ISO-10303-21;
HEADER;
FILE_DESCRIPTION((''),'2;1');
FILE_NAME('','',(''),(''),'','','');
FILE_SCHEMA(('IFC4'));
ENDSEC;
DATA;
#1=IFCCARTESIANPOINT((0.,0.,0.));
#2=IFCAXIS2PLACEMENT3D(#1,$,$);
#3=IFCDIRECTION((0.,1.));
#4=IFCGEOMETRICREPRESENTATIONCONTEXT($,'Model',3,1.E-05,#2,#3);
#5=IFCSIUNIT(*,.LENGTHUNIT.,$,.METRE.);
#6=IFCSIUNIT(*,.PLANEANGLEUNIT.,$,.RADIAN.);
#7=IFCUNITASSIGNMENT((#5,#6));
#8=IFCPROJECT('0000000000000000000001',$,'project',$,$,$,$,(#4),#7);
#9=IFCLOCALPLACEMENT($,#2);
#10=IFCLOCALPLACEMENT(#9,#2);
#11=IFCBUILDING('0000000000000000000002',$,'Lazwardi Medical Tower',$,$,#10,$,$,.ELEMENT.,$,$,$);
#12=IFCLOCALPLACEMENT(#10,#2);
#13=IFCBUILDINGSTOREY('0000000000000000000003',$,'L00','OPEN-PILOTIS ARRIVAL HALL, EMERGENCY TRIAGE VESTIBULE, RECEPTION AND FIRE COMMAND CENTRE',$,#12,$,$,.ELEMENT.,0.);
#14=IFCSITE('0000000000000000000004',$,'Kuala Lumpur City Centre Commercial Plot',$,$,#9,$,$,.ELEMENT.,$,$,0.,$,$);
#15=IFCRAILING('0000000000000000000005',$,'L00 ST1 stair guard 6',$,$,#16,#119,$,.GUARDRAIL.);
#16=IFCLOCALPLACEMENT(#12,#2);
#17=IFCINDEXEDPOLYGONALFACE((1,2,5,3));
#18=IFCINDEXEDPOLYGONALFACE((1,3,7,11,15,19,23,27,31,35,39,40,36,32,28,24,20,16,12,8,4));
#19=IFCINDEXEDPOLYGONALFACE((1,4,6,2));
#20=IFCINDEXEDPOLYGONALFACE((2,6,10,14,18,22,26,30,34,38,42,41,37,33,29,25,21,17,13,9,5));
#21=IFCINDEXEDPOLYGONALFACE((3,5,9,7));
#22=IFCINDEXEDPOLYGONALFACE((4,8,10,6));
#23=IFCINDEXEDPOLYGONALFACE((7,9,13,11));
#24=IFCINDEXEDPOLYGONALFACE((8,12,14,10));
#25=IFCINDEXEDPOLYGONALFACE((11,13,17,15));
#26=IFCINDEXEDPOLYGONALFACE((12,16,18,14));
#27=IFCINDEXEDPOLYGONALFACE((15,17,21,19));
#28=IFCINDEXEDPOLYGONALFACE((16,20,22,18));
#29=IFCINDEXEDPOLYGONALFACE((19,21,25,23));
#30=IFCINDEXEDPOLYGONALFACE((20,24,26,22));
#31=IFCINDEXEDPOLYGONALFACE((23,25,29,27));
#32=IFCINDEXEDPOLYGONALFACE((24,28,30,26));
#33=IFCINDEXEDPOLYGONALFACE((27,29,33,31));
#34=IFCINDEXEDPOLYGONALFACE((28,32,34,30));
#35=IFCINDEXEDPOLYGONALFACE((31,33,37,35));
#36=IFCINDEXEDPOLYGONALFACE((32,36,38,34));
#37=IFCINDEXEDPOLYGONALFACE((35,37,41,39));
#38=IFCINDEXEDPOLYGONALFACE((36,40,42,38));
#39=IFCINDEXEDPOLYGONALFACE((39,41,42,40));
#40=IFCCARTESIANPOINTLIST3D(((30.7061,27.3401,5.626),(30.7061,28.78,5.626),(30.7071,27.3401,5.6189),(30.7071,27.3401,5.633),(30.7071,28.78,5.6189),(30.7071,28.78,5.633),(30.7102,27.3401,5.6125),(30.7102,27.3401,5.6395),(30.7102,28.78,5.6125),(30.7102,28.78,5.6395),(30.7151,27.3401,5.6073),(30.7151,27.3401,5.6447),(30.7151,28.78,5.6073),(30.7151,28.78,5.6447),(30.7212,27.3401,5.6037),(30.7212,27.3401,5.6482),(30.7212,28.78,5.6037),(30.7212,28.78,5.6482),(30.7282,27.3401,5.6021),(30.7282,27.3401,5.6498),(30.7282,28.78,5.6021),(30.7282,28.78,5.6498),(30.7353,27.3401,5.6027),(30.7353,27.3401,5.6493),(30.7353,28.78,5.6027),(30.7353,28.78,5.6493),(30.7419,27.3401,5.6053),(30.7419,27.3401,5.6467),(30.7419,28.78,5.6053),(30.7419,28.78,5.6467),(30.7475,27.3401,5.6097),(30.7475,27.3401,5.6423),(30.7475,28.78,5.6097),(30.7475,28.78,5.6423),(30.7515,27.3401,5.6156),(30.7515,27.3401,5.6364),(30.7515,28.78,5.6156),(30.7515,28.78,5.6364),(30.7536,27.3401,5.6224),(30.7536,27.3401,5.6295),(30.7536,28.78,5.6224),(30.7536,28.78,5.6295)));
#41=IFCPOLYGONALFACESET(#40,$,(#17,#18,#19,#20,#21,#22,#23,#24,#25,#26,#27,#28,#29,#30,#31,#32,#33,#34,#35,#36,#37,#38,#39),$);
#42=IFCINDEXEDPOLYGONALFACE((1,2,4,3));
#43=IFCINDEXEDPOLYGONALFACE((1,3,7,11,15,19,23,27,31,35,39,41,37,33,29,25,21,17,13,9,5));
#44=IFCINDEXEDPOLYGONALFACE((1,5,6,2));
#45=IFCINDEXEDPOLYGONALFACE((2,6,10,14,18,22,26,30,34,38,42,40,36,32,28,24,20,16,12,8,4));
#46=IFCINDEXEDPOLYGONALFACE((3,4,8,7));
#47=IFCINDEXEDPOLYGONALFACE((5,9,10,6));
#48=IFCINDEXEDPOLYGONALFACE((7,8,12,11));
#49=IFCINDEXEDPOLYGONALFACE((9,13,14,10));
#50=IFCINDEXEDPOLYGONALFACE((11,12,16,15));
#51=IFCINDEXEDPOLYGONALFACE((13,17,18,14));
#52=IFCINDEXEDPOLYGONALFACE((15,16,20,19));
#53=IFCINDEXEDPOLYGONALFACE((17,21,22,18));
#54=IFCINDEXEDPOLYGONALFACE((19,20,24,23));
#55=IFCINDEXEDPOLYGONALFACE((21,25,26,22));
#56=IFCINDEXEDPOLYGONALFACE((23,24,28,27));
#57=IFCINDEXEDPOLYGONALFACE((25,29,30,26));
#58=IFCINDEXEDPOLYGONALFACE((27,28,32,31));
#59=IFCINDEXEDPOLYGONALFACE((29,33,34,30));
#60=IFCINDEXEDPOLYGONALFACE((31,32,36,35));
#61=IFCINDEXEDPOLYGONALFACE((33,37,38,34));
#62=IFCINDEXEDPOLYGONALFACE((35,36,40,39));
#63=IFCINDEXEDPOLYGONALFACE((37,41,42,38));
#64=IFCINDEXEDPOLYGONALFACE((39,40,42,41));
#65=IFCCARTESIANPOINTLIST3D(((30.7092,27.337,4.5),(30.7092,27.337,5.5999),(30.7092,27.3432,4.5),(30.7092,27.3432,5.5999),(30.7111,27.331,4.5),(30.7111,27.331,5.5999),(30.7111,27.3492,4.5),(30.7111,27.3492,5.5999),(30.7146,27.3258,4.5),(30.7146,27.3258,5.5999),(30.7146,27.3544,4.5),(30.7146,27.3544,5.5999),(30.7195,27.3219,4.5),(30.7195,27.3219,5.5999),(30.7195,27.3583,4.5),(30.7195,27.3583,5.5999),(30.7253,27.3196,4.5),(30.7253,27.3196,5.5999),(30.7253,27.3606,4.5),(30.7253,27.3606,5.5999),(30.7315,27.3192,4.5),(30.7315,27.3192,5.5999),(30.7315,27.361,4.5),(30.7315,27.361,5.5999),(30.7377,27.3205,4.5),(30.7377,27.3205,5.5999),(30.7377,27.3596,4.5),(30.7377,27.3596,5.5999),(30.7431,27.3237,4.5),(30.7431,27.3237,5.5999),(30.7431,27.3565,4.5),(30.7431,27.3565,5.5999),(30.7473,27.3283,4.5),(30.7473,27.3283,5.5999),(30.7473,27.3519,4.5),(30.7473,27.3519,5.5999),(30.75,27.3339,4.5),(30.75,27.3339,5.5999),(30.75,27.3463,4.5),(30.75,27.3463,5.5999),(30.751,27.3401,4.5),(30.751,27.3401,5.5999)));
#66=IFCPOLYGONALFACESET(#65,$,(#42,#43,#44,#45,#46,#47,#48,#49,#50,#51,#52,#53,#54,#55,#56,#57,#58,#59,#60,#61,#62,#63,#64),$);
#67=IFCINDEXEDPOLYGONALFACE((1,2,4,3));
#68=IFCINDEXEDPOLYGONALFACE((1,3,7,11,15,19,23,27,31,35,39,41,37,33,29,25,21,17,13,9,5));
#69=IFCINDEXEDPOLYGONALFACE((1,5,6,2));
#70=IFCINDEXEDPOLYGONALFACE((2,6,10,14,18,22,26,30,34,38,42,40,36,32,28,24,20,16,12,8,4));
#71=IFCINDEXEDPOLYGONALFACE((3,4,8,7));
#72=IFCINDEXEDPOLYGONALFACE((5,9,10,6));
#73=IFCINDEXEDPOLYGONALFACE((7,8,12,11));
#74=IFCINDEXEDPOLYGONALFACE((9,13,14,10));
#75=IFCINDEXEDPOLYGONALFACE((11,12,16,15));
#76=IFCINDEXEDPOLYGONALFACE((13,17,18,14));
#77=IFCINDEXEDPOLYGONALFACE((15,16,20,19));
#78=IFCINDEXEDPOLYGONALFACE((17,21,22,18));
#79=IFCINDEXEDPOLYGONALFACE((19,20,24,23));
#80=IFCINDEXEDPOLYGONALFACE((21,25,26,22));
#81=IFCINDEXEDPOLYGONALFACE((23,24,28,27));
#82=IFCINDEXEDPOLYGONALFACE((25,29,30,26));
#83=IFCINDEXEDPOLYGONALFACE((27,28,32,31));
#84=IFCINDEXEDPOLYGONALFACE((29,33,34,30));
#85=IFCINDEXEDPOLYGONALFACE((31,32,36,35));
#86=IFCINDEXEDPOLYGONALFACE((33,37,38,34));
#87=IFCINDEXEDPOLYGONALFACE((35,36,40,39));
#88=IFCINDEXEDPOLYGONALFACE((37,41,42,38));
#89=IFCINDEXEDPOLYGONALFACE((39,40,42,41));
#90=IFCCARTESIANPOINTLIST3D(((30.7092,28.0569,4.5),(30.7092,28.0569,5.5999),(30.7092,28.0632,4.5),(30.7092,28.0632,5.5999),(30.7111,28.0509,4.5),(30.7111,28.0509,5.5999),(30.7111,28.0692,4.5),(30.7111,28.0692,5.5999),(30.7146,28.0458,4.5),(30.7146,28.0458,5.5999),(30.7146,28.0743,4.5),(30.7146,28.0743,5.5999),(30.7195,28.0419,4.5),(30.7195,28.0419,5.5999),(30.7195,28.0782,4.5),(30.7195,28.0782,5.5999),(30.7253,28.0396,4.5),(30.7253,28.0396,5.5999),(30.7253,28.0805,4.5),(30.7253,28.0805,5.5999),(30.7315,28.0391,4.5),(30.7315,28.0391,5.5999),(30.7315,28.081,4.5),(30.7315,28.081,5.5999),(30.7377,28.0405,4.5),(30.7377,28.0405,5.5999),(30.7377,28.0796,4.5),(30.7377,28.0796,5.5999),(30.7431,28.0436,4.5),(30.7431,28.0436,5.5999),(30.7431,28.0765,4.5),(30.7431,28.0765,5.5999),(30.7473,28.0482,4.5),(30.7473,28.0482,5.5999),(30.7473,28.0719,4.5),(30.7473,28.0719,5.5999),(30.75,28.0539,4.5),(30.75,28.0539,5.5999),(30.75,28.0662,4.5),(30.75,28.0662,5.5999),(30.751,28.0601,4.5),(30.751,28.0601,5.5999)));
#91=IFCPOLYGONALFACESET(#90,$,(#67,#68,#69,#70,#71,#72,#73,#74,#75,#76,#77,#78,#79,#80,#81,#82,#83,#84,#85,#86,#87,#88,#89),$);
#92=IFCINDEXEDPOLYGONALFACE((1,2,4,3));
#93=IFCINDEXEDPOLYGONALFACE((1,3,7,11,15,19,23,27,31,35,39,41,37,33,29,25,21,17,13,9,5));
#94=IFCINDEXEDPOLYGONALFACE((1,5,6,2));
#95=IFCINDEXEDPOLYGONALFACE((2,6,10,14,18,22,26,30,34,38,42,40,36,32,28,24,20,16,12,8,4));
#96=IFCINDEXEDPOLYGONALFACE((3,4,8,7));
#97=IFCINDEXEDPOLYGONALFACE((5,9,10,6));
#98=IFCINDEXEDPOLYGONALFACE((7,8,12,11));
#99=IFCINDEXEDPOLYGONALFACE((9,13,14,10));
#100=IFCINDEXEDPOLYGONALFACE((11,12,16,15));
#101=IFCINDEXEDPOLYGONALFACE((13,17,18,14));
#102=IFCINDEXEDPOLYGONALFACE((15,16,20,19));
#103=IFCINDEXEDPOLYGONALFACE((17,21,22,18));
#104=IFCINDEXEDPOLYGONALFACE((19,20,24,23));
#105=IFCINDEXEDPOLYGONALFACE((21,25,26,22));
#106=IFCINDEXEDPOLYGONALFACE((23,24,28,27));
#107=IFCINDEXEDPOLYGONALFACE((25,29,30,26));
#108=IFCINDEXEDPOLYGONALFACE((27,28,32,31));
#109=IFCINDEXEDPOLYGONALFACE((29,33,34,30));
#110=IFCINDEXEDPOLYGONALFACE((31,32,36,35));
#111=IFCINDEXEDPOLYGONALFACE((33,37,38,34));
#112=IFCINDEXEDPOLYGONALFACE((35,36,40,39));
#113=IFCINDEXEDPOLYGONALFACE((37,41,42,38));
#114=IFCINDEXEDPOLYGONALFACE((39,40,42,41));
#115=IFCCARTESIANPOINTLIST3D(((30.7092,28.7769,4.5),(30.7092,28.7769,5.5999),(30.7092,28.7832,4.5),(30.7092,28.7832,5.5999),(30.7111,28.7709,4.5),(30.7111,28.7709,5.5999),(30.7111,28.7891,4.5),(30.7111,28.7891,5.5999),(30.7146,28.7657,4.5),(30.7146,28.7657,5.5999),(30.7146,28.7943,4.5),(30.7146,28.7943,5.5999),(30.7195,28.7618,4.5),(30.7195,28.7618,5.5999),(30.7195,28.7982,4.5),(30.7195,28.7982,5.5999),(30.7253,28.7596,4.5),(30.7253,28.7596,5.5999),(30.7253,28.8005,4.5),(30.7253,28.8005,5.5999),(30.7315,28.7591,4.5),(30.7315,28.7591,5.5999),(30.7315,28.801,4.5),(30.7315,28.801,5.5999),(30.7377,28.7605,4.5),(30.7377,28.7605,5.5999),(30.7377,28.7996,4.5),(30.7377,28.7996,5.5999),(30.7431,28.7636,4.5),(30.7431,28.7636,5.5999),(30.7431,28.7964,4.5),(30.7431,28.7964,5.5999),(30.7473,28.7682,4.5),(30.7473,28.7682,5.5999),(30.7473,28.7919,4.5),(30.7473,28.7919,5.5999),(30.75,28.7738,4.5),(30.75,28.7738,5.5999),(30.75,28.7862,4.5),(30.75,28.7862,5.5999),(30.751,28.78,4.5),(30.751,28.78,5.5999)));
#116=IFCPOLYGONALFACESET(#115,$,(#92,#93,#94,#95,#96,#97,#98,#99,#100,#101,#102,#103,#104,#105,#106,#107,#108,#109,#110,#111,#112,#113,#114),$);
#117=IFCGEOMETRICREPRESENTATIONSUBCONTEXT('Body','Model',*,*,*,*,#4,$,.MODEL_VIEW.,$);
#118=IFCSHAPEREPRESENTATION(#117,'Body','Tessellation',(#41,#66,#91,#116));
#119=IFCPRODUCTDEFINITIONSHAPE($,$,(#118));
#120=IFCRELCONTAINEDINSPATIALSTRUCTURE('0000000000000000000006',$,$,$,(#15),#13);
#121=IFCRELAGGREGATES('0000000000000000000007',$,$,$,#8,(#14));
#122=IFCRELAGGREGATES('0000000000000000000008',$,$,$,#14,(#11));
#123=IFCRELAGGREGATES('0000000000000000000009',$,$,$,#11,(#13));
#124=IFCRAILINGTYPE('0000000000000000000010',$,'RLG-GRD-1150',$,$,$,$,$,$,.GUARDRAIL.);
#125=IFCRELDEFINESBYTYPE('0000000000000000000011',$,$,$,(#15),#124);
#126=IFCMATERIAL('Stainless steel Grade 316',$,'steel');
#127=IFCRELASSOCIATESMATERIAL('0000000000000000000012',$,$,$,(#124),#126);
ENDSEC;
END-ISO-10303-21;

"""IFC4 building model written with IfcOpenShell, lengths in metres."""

from ifc_helpers import new_model, si_unit, direction, frame, origin, origin_2d, place, context, subcontext, project, spatial, circle, extrude, material, type_object, element, save


model = new_model("IFC4")

# Units and contexts
model_context = context("Model", 3, precision=1e-05, world=origin(), true_north=direction((0.0, 1.0)))
body_context = subcontext(model_context, "Body", "Model", "MODEL_VIEW")
ifc_project = project(units=[si_unit("LENGTHUNIT", "METRE"), si_unit("PLANEANGLEUNIT", "RADIAN")], contexts=[model_context])

# Site, building, storey
site_placement = place(None, origin())
site = spatial("IfcSite", under=ifc_project, at=site_placement, Name="Kuala Lumpur City Centre Commercial Plot", CompositionType="ELEMENT", RefElevation=0.0)
building_placement = place(site_placement, origin())
building = spatial("IfcBuilding", under=site, at=building_placement, Name="Lazwardi Medical Tower", CompositionType="ELEMENT")
storey_placement = place(building_placement, origin())
storey = spatial("IfcBuildingStorey", under=building, at=storey_placement, Name="L00", Description="OPEN-PILOTIS ARRIVAL HALL, EMERGENCY TRIAGE VESTIBULE, RECEPTION AND FIRE COMMAND CENTRE", CompositionType="ELEMENT", Elevation=0.0)

# Railing
ifc_material_1 = material(Name="Stainless steel Grade 316", Category="steel")
railing_type_1 = type_object("IfcRailingType", Name="RLG-GRD-1150", PredefinedType="GUARDRAIL", material=ifc_material_1)
railing_1_placement = place(storey_placement, frame((30.73, 27.3401, 4.5)))
element("IfcRailing", 1, at=railing_1_placement, inside=storey, type_object=railing_type_1, Name="L00 ST1 stair guard 6", PredefinedType="GUARDRAIL", context=body_context, shape_type="SweptSolid", body=[
    extrude(circle(Radius=0.0239, at=origin_2d()), frame((0.0, 0.0, 1.126), z_axis=(0.0, 1.0, 0.0), x_axis=(-1.0, 0.0, 0.0)), (0.0, 0.0, 1.0), 1.4399),
    extrude(circle(Radius=0.021, at=origin_2d()), origin(), (0.0, 0.0, 1.0), 1.0999),
    extrude(circle(Radius=0.021, at=origin_2d()), frame((0.0, 0.72, 0.0)), (0.0, 0.0, 1.0), 1.0999),
    extrude(circle(Radius=0.021, at=origin_2d()), frame((0.0, 1.4399, 0.0)), (0.0, 0.0, 1.0), 1.0999),
])

save(model, "model.ifc")
